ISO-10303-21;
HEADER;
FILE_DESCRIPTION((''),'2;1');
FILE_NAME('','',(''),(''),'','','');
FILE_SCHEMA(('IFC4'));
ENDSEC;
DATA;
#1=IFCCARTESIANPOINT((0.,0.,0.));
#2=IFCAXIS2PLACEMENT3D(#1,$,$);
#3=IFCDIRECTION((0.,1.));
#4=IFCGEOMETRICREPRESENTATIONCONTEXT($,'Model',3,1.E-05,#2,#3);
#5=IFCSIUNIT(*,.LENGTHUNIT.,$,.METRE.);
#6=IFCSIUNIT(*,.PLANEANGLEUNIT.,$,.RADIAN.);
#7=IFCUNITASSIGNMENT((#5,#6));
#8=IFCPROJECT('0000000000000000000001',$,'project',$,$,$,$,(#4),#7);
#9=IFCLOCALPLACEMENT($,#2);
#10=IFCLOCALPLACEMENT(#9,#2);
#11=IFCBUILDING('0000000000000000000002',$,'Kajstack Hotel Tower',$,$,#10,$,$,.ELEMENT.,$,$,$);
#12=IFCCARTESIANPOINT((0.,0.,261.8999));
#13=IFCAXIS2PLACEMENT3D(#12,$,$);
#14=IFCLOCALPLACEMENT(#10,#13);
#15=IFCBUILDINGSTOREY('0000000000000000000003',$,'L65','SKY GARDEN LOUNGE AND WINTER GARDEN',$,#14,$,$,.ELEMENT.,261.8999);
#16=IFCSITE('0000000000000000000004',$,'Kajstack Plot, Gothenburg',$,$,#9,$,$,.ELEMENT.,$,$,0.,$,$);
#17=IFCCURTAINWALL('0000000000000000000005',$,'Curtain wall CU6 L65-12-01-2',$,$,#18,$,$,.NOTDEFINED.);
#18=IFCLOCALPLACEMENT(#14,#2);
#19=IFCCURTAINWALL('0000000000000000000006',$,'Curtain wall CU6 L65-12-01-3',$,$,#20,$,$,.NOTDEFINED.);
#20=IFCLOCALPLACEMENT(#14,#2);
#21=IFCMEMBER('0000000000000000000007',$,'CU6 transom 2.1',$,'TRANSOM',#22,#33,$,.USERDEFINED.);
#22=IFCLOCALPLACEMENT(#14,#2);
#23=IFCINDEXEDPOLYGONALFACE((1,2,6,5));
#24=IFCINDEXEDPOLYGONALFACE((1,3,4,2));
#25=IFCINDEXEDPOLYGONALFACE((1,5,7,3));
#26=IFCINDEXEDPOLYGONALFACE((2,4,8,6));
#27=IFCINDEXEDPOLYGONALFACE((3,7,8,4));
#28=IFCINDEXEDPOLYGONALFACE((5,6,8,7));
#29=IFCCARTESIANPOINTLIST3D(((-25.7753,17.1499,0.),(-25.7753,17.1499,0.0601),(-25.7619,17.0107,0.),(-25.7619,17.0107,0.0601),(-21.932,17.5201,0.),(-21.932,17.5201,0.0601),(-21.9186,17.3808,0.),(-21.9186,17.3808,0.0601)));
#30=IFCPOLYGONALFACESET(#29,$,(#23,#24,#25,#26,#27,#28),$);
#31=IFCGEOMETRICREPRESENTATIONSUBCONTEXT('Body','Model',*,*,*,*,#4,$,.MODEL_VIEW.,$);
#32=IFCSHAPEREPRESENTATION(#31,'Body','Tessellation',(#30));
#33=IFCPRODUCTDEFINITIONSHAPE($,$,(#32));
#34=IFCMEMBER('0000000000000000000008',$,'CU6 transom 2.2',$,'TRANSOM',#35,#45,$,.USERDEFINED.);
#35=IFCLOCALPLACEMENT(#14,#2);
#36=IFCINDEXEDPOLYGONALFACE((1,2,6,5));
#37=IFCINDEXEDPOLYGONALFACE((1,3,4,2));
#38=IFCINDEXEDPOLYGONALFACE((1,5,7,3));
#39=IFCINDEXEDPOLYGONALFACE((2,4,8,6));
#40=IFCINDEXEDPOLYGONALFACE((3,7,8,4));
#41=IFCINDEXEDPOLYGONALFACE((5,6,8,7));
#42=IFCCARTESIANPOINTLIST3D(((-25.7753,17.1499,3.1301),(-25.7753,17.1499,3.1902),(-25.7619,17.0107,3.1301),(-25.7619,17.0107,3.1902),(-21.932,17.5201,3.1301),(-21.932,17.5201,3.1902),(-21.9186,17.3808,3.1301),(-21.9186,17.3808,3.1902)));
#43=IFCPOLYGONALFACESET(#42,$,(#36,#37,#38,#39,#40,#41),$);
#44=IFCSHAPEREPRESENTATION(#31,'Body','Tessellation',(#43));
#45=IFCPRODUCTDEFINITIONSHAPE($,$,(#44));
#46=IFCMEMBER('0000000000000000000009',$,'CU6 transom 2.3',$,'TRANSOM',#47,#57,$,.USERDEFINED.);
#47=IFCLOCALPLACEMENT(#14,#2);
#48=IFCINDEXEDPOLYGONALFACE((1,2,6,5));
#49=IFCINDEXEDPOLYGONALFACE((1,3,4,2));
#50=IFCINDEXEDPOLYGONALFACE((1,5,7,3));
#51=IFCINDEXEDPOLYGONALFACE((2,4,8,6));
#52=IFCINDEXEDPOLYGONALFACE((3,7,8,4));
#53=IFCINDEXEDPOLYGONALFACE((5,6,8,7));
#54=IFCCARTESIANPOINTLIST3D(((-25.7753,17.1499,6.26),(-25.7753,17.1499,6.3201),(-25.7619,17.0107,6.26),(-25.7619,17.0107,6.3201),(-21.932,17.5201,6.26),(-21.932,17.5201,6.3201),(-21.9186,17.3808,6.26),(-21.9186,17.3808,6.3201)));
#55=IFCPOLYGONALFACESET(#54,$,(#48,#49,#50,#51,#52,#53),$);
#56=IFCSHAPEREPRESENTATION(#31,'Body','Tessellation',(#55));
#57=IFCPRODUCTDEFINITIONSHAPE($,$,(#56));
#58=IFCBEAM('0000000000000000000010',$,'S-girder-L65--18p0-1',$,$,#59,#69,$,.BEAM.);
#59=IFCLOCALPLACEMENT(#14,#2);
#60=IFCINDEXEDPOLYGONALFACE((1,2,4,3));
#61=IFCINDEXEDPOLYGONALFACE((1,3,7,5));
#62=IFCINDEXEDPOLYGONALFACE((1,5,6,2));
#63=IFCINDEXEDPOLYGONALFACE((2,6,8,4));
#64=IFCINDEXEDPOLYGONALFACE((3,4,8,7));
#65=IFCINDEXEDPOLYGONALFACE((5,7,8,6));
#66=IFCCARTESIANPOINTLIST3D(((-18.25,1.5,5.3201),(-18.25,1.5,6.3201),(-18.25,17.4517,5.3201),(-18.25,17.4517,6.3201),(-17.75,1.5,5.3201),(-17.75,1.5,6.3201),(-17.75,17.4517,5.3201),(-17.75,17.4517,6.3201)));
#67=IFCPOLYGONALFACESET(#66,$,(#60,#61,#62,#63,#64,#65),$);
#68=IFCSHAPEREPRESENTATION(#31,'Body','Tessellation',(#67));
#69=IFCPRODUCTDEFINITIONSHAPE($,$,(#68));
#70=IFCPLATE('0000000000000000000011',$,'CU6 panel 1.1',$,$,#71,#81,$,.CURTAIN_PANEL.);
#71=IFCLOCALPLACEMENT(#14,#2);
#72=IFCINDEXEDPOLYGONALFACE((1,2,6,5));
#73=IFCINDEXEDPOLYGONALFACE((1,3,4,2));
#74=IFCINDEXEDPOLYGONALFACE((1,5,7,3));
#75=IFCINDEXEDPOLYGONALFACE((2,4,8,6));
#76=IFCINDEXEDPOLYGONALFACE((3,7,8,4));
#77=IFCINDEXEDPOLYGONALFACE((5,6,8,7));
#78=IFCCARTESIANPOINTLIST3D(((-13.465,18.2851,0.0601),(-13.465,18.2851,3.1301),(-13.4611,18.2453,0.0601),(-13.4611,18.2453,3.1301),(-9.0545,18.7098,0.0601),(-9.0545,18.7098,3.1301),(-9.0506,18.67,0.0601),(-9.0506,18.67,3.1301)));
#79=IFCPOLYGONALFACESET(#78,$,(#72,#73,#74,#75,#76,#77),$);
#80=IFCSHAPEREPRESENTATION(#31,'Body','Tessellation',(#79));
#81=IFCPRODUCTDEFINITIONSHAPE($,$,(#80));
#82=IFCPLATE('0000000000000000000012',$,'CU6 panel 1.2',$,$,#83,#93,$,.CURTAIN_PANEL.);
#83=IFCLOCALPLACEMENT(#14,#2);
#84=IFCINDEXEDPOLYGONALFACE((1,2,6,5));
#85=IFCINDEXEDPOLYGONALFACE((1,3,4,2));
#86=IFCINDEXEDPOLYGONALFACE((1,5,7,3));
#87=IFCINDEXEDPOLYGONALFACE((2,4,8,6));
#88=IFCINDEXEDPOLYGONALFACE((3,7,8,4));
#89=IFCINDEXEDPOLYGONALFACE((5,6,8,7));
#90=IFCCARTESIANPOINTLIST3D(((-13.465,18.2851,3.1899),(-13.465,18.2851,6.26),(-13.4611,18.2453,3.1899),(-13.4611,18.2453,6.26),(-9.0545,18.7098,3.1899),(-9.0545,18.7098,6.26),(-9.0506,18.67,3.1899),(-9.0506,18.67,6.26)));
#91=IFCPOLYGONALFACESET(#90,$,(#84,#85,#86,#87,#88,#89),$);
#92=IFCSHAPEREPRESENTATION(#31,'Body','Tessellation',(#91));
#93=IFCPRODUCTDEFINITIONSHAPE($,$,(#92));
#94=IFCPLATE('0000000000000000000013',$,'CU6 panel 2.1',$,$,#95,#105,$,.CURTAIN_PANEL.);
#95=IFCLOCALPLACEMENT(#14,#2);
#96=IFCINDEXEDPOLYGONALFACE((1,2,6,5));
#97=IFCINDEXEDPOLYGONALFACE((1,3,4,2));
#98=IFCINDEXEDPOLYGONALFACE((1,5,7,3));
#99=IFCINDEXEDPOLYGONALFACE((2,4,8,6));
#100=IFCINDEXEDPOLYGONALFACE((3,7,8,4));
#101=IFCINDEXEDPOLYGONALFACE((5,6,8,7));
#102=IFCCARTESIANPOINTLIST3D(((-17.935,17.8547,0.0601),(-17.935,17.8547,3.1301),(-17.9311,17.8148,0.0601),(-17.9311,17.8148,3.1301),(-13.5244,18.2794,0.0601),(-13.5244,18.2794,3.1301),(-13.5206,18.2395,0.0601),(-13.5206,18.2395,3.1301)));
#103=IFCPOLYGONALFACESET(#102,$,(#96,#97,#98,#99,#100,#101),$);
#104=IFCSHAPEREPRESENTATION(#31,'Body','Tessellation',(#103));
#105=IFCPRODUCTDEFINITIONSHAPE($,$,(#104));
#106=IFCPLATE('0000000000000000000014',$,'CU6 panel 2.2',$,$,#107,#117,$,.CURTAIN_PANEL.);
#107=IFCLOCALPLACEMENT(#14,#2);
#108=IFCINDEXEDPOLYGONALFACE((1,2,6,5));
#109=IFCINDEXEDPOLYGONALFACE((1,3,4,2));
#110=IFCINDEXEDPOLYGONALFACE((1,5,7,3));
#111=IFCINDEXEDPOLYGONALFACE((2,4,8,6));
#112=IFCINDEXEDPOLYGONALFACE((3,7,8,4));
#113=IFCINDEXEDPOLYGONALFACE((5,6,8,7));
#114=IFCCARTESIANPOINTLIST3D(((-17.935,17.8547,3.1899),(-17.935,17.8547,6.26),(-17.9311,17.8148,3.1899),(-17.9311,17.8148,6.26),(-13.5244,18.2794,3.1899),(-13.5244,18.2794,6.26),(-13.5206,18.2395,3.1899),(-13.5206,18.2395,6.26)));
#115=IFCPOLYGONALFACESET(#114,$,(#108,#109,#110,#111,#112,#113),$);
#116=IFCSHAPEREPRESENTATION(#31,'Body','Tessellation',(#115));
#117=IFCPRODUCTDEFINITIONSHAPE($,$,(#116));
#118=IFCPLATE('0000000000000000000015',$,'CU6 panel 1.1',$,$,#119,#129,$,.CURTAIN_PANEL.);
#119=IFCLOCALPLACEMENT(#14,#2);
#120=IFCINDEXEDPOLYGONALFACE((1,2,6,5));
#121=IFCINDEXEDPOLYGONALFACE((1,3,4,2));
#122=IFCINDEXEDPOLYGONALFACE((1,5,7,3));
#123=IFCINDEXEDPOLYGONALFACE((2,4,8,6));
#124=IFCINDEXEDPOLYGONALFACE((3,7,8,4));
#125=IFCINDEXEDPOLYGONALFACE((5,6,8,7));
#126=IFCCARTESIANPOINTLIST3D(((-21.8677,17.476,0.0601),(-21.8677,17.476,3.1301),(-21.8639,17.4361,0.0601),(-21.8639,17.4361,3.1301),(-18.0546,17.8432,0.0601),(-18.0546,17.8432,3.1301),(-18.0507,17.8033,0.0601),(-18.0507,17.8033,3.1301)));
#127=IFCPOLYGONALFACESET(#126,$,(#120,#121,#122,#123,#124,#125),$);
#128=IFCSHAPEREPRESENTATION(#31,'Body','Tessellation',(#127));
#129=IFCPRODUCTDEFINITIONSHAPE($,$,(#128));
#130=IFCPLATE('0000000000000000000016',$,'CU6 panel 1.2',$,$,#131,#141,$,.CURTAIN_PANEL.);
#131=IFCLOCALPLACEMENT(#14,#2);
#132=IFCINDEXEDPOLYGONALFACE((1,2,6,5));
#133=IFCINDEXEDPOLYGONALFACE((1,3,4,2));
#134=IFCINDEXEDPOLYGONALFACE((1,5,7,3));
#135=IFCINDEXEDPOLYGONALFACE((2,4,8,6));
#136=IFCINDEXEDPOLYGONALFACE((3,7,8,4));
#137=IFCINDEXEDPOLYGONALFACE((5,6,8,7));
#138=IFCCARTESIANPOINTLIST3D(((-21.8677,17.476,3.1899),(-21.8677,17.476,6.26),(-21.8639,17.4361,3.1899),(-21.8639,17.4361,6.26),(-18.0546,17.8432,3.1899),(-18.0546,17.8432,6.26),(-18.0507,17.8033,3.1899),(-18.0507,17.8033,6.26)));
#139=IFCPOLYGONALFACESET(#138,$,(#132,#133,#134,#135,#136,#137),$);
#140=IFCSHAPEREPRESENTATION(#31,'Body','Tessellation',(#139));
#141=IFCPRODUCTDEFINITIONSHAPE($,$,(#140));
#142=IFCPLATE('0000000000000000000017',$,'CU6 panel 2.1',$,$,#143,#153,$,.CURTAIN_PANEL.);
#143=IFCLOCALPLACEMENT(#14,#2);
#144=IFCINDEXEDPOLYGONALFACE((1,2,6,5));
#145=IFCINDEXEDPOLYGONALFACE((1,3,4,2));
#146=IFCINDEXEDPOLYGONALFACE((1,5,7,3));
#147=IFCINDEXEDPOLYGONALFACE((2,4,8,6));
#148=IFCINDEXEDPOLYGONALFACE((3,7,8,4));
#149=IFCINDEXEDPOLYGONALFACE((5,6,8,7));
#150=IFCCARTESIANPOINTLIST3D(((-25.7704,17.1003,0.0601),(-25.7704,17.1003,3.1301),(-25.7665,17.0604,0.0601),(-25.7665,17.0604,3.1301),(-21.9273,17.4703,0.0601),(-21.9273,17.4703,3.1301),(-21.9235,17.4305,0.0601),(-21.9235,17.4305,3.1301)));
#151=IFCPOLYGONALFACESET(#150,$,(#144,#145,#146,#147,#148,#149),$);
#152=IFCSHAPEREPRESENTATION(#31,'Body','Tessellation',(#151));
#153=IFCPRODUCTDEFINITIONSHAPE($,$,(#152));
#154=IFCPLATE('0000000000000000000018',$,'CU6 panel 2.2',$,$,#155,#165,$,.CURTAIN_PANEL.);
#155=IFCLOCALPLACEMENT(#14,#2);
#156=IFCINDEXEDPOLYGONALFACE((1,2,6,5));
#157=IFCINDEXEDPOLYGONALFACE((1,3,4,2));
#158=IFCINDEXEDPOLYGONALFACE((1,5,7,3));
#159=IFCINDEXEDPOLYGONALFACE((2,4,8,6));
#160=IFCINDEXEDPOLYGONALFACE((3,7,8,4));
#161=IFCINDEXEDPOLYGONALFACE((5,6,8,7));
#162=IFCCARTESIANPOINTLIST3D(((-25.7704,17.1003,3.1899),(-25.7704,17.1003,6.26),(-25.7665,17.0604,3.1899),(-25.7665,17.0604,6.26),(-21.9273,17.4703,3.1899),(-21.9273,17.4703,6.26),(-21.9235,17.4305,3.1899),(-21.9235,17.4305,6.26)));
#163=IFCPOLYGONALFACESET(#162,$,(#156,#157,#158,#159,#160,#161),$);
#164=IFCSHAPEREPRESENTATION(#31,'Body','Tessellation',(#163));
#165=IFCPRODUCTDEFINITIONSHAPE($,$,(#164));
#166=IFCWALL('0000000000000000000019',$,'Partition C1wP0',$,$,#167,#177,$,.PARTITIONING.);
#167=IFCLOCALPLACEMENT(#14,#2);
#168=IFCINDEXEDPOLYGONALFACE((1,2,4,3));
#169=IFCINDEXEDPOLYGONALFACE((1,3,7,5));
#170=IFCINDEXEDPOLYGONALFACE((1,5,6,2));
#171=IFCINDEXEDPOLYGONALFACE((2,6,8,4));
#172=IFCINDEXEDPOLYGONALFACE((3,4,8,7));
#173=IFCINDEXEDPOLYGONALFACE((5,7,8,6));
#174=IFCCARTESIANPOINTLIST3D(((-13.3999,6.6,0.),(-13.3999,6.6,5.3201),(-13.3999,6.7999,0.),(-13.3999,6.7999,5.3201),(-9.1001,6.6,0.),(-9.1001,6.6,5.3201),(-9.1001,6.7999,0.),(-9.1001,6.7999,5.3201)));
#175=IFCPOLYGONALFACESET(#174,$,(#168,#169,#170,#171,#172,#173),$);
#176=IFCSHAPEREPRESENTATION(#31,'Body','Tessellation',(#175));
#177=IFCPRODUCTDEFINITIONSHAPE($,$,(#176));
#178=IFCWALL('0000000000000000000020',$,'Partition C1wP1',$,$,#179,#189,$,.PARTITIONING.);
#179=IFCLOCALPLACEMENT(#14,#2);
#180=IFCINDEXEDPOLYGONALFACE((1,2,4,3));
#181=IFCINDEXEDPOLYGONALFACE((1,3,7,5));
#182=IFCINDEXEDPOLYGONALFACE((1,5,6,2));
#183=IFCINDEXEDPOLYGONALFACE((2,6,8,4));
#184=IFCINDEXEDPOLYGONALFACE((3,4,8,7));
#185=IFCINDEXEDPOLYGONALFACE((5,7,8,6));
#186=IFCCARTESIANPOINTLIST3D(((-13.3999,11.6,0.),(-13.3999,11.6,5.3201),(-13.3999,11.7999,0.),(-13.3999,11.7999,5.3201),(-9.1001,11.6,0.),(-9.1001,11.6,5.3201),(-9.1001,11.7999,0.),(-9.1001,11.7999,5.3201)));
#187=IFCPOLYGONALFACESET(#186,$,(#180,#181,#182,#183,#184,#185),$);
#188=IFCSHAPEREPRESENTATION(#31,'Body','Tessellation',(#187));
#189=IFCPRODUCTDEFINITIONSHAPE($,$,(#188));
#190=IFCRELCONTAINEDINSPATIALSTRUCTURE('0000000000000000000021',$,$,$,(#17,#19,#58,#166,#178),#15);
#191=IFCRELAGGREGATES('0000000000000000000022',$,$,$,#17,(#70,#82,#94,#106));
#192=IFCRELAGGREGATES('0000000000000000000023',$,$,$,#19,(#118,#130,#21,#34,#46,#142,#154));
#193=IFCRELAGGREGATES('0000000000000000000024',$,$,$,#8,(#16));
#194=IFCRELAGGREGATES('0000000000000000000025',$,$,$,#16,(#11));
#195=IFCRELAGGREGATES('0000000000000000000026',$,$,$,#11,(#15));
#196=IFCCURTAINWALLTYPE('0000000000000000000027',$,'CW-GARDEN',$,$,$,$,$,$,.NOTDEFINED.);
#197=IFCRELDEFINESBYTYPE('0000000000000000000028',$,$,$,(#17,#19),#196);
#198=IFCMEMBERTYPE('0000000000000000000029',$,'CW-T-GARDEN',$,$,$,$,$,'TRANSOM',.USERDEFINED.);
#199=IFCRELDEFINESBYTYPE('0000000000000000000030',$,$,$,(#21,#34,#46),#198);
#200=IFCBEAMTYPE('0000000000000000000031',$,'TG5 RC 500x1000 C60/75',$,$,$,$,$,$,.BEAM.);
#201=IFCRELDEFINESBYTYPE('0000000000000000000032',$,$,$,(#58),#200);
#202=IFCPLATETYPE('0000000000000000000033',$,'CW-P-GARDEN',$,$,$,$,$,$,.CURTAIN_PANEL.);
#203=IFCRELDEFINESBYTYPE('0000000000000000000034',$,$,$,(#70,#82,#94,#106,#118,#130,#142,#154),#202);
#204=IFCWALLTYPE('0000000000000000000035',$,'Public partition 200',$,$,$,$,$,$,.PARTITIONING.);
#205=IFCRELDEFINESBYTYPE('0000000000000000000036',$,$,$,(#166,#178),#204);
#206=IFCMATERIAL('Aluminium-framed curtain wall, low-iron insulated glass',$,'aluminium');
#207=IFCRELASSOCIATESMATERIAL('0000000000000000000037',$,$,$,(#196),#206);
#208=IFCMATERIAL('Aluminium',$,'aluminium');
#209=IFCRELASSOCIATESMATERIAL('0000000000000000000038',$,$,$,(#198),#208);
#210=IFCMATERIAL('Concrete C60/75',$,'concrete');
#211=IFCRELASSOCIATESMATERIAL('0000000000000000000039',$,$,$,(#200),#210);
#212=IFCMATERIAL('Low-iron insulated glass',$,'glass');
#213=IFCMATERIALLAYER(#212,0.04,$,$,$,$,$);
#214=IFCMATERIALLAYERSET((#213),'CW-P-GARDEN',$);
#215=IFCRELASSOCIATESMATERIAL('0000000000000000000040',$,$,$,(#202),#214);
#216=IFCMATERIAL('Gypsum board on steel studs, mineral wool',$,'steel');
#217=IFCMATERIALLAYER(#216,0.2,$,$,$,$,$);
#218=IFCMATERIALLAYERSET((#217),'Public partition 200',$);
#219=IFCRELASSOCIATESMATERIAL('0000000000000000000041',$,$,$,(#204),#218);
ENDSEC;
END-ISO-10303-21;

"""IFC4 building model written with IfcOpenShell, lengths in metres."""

from ifc_helpers import new_model, si_unit, direction, frame, frame_2d, origin, origin_2d, place, context, subcontext, project, spatial, rectangle, extrude, material, layer, layer_set, material_profile, profile_set, type_object, element, aggregate, save


model = new_model("IFC4")

# Units and contexts
model_context = context("Model", 3, precision=1e-05, world=origin(), true_north=direction((0.0, 1.0)))
body_context = subcontext(model_context, "Body", "Model", "MODEL_VIEW")
ifc_project = project(units=[si_unit("LENGTHUNIT", "METRE"), si_unit("PLANEANGLEUNIT", "RADIAN")], contexts=[model_context])

# Site, building, storey
site_placement = place(None, origin())
site = spatial("IfcSite", under=ifc_project, at=site_placement, Name="Kajstack Plot, Gothenburg", CompositionType="ELEMENT", RefElevation=0.0)
building_placement = place(site_placement, origin())
building = spatial("IfcBuilding", under=site, at=building_placement, Name="Kajstack Hotel Tower", CompositionType="ELEMENT")
storey_placement = place(building_placement, frame((0.0, 0.0, 261.8999)))
storey = spatial("IfcBuildingStorey", under=building, at=storey_placement, Name="L65", Description="SKY GARDEN LOUNGE AND WINTER GARDEN", CompositionType="ELEMENT", Elevation=261.8999)

# Curtain walls
ifc_material_1 = material(Name="Aluminium-framed curtain wall, low-iron insulated glass", Category="aluminium")
curtain_wall_type = type_object("IfcCurtainWallType", Name="CW-GARDEN", PredefinedType="NOTDEFINED", material=ifc_material_1)
curtain_wall_1_placement = place(storey_placement, origin())
curtain_wall_1 = element("IfcCurtainWall", 1, at=curtain_wall_1_placement, inside=storey, type_object=curtain_wall_type, Name="Curtain wall CU6 L65-12-01-2", PredefinedType="NOTDEFINED")
ifc_material_2 = material(Name="Aluminium", Category="aluminium")
curtain_wall_2_placement = place(storey_placement, origin())
curtain_wall_2 = element("IfcCurtainWall", 2, at=curtain_wall_2_placement, inside=storey, type_object=curtain_wall_type, Name="Curtain wall CU6 L65-12-01-3", PredefinedType="NOTDEFINED")

# Members
ifc_material_profile_1 = material_profile(ifc_material_2, rectangle(XDim=0.1399, YDim=0.0601, at=origin_2d()), Name="Aluminium transom 140 x 60")
ifc_profile_set_1 = profile_set([ifc_material_profile_1], Name="Aluminium")
member_type_1 = type_object("IfcMemberType", Name="CW-T-GARDEN", ElementType="TRANSOM", PredefinedType="USERDEFINED", material=ifc_profile_set_1)
member_1_placement = place(storey_placement, frame((-21.9253, 17.4504, 0.03), z_axis=(-0.995395, -0.095859, 0.0), x_axis=(0.095859, -0.995395, 0.0)))
member_1 = element("IfcMember", 3, at=member_1_placement, type_object=member_type_1, Name="CU6 transom 2.1", ObjectType="TRANSOM", PredefinedType="USERDEFINED", context=body_context, shape_type="SweptSolid", body=[
    extrude(rectangle(XDim=0.1399, YDim=0.0601, at=origin_2d()), origin(), (0.0, 0.0, 1.0), 3.8611),
])
member_2_placement = place(storey_placement, frame((-21.9253, 17.4504, 3.1602), z_axis=(-0.995395, -0.095859, 0.0), x_axis=(0.095859, -0.995395, 0.0)))
member_2 = element("IfcMember", 4, at=member_2_placement, type_object=member_type_1, Name="CU6 transom 2.2", ObjectType="TRANSOM", PredefinedType="USERDEFINED", context=body_context, shape_type="SweptSolid", body=[
    extrude(rectangle(XDim=0.1399, YDim=0.0601, at=origin_2d()), origin(), (0.0, 0.0, 1.0), 3.8611),
])
member_3_placement = place(storey_placement, frame((-21.9253, 17.4504, 6.29), z_axis=(-0.995395, -0.095859, 0.0), x_axis=(0.095859, -0.995395, 0.0)))
member_3 = element("IfcMember", 5, at=member_3_placement, type_object=member_type_1, Name="CU6 transom 2.3", ObjectType="TRANSOM", PredefinedType="USERDEFINED", context=body_context, shape_type="SweptSolid", body=[
    extrude(rectangle(XDim=0.1399, YDim=0.0601, at=origin_2d()), origin(), (0.0, 0.0, 1.0), 3.8611),
])

# Beam
ifc_material_3 = material(Name="Concrete C60/75", Category="concrete")
ifc_material_profile_2 = material_profile(ifc_material_3, rectangle(XDim=0.5, YDim=1.0, at=origin_2d()), Name="RC 500x1000")
ifc_profile_set_2 = profile_set([ifc_material_profile_2], Name="Concrete C60/75")
beam_type = type_object("IfcBeamType", Name="TG5 RC 500x1000 C60/75", PredefinedType="BEAM", material=ifc_profile_set_2)
beam_placement = place(storey_placement, frame((-18.0, 1.5, 5.8201), z_axis=(0.0, 1.0, 0.0), x_axis=(-1.0, 0.0, 0.0)))
element("IfcBeam", 6, at=beam_placement, inside=storey, type_object=beam_type, Name="S-girder-L65--18p0-1", PredefinedType="BEAM", context=body_context, shape_type="SweptSolid", body=[
    extrude(rectangle(XDim=0.5, YDim=1.0, at=origin_2d()), origin(), (0.0, 0.0, 1.0), 15.9517),
])

# Plates
ifc_material_4 = material(Name="Low-iron insulated glass", Category="glass")
ifc_layer_1 = layer(ifc_material_4, 0.04)
ifc_layer_set_1 = layer_set([ifc_layer_1], Name="CW-P-GARDEN")
plate_type = type_object("IfcPlateType", Name="CW-P-GARDEN", PredefinedType="CURTAIN_PANEL", material=ifc_layer_set_1)
plate_1_placement = place(storey_placement, frame((-11.2578, 18.4775, 0.0601), z_axis=(0.0, 0.0, 1.0), x_axis=(-0.995396, -0.095846, 0.0)))
plate_1 = element("IfcPlate", 7, at=plate_1_placement, type_object=plate_type, Name="CU6 panel 1.1", PredefinedType="CURTAIN_PANEL", context=body_context, shape_type="SweptSolid", body=[
    extrude(rectangle(XDim=4.4309, YDim=0.04, at=origin_2d()), origin(), (0.0, 0.0, 1.0), 3.0701),
])
plate_2_placement = place(storey_placement, frame((-11.2578, 18.4775, 3.1899), z_axis=(0.0, 0.0, 1.0), x_axis=(-0.995396, -0.095846, 0.0)))
plate_2 = element("IfcPlate", 8, at=plate_2_placement, type_object=plate_type, Name="CU6 panel 1.2", PredefinedType="CURTAIN_PANEL", context=body_context, shape_type="SweptSolid", body=[
    extrude(rectangle(XDim=4.4309, YDim=0.04, at=origin_2d()), origin(), (0.0, 0.0, 1.0), 3.0701),
])
plate_3_placement = place(storey_placement, frame((-15.7278, 18.0471, 0.0601), z_axis=(0.0, 0.0, 1.0), x_axis=(-0.995396, -0.095846, 0.0)))
plate_3 = element("IfcPlate", 9, at=plate_3_placement, type_object=plate_type, Name="CU6 panel 2.1", PredefinedType="CURTAIN_PANEL", context=body_context, shape_type="SweptSolid", body=[
    extrude(rectangle(XDim=4.4309, YDim=0.04, at=origin_2d()), origin(), (0.0, 0.0, 1.0), 3.0701),
])
plate_4_placement = place(storey_placement, frame((-15.7278, 18.0471, 3.1899), z_axis=(0.0, 0.0, 1.0), x_axis=(-0.995396, -0.095846, 0.0)))
plate_4 = element("IfcPlate", 10, at=plate_4_placement, type_object=plate_type, Name="CU6 panel 2.2", PredefinedType="CURTAIN_PANEL", context=body_context, shape_type="SweptSolid", body=[
    extrude(rectangle(XDim=4.4309, YDim=0.04, at=origin_2d()), origin(), (0.0, 0.0, 1.0), 3.0701),
])
aggregate(curtain_wall_1, [plate_1, plate_2, plate_3, plate_4])
plate_5_placement = place(storey_placement, frame((-19.9592, 17.6396, 0.0601), z_axis=(0.0, 0.0, 1.0), x_axis=(-0.995396, -0.095846, 0.0)))
plate_5 = element("IfcPlate", 11, at=plate_5_placement, type_object=plate_type, Name="CU6 panel 1.1", PredefinedType="CURTAIN_PANEL", context=body_context, shape_type="SweptSolid", body=[
    extrude(rectangle(XDim=3.8308, YDim=0.04, at=origin_2d()), origin(), (0.0, 0.0, 1.0), 3.0701),
])
plate_6_placement = place(storey_placement, frame((-19.9592, 17.6396, 3.1899), z_axis=(0.0, 0.0, 1.0), x_axis=(-0.995396, -0.095846, 0.0)))
plate_6 = element("IfcPlate", 12, at=plate_6_placement, type_object=plate_type, Name="CU6 panel 1.2", PredefinedType="CURTAIN_PANEL", context=body_context, shape_type="SweptSolid", body=[
    extrude(rectangle(XDim=3.8308, YDim=0.04, at=origin_2d()), origin(), (0.0, 0.0, 1.0), 3.0701),
])
plate_7_placement = place(storey_placement, frame((-23.8469, 17.2654, 0.0601), z_axis=(0.0, 0.0, 1.0), x_axis=(-0.995396, -0.095846, 0.0)))
plate_7 = element("IfcPlate", 13, at=plate_7_placement, type_object=plate_type, Name="CU6 panel 2.1", PredefinedType="CURTAIN_PANEL", context=body_context, shape_type="SweptSolid", body=[
    extrude(rectangle(XDim=3.8608, YDim=0.04, at=origin_2d()), origin(), (0.0, 0.0, 1.0), 3.0701),
])
plate_8_placement = place(storey_placement, frame((-23.8469, 17.2654, 3.1899), z_axis=(0.0, 0.0, 1.0), x_axis=(-0.995396, -0.095846, 0.0)))
plate_8 = element("IfcPlate", 14, at=plate_8_placement, type_object=plate_type, Name="CU6 panel 2.2", PredefinedType="CURTAIN_PANEL", context=body_context, shape_type="SweptSolid", body=[
    extrude(rectangle(XDim=3.8608, YDim=0.04, at=origin_2d()), origin(), (0.0, 0.0, 1.0), 3.0701),
])
aggregate(curtain_wall_2, [plate_5, plate_6, member_1, member_2, member_3, plate_7, plate_8])

# Walls
ifc_material_5 = material(Name="Gypsum board on steel studs, mineral wool", Category="steel")
ifc_layer_2 = layer(ifc_material_5, 0.2)
ifc_layer_set_2 = layer_set([ifc_layer_2], Name="Public partition 200")
wall_type = type_object("IfcWallType", Name="Public partition 200", PredefinedType="PARTITIONING", material=ifc_layer_set_2)
for number, where, z_axis, x_axis, name in (
    (15, (-13.3999, 6.7, 0.0), (0.0, 0.0, 1.0), (1.0, 0.0, 0.0), "Partition C1wP0"),
    (16, (-13.3999, 11.7, 0.0), (0.0, 0.0, 1.0), (1.0, 0.0, 0.0), "Partition C1wP1"),
):
    element("IfcWall", number, at=place(storey_placement, frame(where, z_axis=z_axis, x_axis=x_axis)), inside=storey, type_object=wall_type, Name=name, PredefinedType="PARTITIONING", context=body_context, shape_type="SweptSolid", body=[
        extrude(rectangle(XDim=4.2998, YDim=0.2, at=frame_2d((2.1499, 0.0))), origin(), (0.0, 0.0, 1.0), 5.3201),
    ])

save(model, "model.ifc")
